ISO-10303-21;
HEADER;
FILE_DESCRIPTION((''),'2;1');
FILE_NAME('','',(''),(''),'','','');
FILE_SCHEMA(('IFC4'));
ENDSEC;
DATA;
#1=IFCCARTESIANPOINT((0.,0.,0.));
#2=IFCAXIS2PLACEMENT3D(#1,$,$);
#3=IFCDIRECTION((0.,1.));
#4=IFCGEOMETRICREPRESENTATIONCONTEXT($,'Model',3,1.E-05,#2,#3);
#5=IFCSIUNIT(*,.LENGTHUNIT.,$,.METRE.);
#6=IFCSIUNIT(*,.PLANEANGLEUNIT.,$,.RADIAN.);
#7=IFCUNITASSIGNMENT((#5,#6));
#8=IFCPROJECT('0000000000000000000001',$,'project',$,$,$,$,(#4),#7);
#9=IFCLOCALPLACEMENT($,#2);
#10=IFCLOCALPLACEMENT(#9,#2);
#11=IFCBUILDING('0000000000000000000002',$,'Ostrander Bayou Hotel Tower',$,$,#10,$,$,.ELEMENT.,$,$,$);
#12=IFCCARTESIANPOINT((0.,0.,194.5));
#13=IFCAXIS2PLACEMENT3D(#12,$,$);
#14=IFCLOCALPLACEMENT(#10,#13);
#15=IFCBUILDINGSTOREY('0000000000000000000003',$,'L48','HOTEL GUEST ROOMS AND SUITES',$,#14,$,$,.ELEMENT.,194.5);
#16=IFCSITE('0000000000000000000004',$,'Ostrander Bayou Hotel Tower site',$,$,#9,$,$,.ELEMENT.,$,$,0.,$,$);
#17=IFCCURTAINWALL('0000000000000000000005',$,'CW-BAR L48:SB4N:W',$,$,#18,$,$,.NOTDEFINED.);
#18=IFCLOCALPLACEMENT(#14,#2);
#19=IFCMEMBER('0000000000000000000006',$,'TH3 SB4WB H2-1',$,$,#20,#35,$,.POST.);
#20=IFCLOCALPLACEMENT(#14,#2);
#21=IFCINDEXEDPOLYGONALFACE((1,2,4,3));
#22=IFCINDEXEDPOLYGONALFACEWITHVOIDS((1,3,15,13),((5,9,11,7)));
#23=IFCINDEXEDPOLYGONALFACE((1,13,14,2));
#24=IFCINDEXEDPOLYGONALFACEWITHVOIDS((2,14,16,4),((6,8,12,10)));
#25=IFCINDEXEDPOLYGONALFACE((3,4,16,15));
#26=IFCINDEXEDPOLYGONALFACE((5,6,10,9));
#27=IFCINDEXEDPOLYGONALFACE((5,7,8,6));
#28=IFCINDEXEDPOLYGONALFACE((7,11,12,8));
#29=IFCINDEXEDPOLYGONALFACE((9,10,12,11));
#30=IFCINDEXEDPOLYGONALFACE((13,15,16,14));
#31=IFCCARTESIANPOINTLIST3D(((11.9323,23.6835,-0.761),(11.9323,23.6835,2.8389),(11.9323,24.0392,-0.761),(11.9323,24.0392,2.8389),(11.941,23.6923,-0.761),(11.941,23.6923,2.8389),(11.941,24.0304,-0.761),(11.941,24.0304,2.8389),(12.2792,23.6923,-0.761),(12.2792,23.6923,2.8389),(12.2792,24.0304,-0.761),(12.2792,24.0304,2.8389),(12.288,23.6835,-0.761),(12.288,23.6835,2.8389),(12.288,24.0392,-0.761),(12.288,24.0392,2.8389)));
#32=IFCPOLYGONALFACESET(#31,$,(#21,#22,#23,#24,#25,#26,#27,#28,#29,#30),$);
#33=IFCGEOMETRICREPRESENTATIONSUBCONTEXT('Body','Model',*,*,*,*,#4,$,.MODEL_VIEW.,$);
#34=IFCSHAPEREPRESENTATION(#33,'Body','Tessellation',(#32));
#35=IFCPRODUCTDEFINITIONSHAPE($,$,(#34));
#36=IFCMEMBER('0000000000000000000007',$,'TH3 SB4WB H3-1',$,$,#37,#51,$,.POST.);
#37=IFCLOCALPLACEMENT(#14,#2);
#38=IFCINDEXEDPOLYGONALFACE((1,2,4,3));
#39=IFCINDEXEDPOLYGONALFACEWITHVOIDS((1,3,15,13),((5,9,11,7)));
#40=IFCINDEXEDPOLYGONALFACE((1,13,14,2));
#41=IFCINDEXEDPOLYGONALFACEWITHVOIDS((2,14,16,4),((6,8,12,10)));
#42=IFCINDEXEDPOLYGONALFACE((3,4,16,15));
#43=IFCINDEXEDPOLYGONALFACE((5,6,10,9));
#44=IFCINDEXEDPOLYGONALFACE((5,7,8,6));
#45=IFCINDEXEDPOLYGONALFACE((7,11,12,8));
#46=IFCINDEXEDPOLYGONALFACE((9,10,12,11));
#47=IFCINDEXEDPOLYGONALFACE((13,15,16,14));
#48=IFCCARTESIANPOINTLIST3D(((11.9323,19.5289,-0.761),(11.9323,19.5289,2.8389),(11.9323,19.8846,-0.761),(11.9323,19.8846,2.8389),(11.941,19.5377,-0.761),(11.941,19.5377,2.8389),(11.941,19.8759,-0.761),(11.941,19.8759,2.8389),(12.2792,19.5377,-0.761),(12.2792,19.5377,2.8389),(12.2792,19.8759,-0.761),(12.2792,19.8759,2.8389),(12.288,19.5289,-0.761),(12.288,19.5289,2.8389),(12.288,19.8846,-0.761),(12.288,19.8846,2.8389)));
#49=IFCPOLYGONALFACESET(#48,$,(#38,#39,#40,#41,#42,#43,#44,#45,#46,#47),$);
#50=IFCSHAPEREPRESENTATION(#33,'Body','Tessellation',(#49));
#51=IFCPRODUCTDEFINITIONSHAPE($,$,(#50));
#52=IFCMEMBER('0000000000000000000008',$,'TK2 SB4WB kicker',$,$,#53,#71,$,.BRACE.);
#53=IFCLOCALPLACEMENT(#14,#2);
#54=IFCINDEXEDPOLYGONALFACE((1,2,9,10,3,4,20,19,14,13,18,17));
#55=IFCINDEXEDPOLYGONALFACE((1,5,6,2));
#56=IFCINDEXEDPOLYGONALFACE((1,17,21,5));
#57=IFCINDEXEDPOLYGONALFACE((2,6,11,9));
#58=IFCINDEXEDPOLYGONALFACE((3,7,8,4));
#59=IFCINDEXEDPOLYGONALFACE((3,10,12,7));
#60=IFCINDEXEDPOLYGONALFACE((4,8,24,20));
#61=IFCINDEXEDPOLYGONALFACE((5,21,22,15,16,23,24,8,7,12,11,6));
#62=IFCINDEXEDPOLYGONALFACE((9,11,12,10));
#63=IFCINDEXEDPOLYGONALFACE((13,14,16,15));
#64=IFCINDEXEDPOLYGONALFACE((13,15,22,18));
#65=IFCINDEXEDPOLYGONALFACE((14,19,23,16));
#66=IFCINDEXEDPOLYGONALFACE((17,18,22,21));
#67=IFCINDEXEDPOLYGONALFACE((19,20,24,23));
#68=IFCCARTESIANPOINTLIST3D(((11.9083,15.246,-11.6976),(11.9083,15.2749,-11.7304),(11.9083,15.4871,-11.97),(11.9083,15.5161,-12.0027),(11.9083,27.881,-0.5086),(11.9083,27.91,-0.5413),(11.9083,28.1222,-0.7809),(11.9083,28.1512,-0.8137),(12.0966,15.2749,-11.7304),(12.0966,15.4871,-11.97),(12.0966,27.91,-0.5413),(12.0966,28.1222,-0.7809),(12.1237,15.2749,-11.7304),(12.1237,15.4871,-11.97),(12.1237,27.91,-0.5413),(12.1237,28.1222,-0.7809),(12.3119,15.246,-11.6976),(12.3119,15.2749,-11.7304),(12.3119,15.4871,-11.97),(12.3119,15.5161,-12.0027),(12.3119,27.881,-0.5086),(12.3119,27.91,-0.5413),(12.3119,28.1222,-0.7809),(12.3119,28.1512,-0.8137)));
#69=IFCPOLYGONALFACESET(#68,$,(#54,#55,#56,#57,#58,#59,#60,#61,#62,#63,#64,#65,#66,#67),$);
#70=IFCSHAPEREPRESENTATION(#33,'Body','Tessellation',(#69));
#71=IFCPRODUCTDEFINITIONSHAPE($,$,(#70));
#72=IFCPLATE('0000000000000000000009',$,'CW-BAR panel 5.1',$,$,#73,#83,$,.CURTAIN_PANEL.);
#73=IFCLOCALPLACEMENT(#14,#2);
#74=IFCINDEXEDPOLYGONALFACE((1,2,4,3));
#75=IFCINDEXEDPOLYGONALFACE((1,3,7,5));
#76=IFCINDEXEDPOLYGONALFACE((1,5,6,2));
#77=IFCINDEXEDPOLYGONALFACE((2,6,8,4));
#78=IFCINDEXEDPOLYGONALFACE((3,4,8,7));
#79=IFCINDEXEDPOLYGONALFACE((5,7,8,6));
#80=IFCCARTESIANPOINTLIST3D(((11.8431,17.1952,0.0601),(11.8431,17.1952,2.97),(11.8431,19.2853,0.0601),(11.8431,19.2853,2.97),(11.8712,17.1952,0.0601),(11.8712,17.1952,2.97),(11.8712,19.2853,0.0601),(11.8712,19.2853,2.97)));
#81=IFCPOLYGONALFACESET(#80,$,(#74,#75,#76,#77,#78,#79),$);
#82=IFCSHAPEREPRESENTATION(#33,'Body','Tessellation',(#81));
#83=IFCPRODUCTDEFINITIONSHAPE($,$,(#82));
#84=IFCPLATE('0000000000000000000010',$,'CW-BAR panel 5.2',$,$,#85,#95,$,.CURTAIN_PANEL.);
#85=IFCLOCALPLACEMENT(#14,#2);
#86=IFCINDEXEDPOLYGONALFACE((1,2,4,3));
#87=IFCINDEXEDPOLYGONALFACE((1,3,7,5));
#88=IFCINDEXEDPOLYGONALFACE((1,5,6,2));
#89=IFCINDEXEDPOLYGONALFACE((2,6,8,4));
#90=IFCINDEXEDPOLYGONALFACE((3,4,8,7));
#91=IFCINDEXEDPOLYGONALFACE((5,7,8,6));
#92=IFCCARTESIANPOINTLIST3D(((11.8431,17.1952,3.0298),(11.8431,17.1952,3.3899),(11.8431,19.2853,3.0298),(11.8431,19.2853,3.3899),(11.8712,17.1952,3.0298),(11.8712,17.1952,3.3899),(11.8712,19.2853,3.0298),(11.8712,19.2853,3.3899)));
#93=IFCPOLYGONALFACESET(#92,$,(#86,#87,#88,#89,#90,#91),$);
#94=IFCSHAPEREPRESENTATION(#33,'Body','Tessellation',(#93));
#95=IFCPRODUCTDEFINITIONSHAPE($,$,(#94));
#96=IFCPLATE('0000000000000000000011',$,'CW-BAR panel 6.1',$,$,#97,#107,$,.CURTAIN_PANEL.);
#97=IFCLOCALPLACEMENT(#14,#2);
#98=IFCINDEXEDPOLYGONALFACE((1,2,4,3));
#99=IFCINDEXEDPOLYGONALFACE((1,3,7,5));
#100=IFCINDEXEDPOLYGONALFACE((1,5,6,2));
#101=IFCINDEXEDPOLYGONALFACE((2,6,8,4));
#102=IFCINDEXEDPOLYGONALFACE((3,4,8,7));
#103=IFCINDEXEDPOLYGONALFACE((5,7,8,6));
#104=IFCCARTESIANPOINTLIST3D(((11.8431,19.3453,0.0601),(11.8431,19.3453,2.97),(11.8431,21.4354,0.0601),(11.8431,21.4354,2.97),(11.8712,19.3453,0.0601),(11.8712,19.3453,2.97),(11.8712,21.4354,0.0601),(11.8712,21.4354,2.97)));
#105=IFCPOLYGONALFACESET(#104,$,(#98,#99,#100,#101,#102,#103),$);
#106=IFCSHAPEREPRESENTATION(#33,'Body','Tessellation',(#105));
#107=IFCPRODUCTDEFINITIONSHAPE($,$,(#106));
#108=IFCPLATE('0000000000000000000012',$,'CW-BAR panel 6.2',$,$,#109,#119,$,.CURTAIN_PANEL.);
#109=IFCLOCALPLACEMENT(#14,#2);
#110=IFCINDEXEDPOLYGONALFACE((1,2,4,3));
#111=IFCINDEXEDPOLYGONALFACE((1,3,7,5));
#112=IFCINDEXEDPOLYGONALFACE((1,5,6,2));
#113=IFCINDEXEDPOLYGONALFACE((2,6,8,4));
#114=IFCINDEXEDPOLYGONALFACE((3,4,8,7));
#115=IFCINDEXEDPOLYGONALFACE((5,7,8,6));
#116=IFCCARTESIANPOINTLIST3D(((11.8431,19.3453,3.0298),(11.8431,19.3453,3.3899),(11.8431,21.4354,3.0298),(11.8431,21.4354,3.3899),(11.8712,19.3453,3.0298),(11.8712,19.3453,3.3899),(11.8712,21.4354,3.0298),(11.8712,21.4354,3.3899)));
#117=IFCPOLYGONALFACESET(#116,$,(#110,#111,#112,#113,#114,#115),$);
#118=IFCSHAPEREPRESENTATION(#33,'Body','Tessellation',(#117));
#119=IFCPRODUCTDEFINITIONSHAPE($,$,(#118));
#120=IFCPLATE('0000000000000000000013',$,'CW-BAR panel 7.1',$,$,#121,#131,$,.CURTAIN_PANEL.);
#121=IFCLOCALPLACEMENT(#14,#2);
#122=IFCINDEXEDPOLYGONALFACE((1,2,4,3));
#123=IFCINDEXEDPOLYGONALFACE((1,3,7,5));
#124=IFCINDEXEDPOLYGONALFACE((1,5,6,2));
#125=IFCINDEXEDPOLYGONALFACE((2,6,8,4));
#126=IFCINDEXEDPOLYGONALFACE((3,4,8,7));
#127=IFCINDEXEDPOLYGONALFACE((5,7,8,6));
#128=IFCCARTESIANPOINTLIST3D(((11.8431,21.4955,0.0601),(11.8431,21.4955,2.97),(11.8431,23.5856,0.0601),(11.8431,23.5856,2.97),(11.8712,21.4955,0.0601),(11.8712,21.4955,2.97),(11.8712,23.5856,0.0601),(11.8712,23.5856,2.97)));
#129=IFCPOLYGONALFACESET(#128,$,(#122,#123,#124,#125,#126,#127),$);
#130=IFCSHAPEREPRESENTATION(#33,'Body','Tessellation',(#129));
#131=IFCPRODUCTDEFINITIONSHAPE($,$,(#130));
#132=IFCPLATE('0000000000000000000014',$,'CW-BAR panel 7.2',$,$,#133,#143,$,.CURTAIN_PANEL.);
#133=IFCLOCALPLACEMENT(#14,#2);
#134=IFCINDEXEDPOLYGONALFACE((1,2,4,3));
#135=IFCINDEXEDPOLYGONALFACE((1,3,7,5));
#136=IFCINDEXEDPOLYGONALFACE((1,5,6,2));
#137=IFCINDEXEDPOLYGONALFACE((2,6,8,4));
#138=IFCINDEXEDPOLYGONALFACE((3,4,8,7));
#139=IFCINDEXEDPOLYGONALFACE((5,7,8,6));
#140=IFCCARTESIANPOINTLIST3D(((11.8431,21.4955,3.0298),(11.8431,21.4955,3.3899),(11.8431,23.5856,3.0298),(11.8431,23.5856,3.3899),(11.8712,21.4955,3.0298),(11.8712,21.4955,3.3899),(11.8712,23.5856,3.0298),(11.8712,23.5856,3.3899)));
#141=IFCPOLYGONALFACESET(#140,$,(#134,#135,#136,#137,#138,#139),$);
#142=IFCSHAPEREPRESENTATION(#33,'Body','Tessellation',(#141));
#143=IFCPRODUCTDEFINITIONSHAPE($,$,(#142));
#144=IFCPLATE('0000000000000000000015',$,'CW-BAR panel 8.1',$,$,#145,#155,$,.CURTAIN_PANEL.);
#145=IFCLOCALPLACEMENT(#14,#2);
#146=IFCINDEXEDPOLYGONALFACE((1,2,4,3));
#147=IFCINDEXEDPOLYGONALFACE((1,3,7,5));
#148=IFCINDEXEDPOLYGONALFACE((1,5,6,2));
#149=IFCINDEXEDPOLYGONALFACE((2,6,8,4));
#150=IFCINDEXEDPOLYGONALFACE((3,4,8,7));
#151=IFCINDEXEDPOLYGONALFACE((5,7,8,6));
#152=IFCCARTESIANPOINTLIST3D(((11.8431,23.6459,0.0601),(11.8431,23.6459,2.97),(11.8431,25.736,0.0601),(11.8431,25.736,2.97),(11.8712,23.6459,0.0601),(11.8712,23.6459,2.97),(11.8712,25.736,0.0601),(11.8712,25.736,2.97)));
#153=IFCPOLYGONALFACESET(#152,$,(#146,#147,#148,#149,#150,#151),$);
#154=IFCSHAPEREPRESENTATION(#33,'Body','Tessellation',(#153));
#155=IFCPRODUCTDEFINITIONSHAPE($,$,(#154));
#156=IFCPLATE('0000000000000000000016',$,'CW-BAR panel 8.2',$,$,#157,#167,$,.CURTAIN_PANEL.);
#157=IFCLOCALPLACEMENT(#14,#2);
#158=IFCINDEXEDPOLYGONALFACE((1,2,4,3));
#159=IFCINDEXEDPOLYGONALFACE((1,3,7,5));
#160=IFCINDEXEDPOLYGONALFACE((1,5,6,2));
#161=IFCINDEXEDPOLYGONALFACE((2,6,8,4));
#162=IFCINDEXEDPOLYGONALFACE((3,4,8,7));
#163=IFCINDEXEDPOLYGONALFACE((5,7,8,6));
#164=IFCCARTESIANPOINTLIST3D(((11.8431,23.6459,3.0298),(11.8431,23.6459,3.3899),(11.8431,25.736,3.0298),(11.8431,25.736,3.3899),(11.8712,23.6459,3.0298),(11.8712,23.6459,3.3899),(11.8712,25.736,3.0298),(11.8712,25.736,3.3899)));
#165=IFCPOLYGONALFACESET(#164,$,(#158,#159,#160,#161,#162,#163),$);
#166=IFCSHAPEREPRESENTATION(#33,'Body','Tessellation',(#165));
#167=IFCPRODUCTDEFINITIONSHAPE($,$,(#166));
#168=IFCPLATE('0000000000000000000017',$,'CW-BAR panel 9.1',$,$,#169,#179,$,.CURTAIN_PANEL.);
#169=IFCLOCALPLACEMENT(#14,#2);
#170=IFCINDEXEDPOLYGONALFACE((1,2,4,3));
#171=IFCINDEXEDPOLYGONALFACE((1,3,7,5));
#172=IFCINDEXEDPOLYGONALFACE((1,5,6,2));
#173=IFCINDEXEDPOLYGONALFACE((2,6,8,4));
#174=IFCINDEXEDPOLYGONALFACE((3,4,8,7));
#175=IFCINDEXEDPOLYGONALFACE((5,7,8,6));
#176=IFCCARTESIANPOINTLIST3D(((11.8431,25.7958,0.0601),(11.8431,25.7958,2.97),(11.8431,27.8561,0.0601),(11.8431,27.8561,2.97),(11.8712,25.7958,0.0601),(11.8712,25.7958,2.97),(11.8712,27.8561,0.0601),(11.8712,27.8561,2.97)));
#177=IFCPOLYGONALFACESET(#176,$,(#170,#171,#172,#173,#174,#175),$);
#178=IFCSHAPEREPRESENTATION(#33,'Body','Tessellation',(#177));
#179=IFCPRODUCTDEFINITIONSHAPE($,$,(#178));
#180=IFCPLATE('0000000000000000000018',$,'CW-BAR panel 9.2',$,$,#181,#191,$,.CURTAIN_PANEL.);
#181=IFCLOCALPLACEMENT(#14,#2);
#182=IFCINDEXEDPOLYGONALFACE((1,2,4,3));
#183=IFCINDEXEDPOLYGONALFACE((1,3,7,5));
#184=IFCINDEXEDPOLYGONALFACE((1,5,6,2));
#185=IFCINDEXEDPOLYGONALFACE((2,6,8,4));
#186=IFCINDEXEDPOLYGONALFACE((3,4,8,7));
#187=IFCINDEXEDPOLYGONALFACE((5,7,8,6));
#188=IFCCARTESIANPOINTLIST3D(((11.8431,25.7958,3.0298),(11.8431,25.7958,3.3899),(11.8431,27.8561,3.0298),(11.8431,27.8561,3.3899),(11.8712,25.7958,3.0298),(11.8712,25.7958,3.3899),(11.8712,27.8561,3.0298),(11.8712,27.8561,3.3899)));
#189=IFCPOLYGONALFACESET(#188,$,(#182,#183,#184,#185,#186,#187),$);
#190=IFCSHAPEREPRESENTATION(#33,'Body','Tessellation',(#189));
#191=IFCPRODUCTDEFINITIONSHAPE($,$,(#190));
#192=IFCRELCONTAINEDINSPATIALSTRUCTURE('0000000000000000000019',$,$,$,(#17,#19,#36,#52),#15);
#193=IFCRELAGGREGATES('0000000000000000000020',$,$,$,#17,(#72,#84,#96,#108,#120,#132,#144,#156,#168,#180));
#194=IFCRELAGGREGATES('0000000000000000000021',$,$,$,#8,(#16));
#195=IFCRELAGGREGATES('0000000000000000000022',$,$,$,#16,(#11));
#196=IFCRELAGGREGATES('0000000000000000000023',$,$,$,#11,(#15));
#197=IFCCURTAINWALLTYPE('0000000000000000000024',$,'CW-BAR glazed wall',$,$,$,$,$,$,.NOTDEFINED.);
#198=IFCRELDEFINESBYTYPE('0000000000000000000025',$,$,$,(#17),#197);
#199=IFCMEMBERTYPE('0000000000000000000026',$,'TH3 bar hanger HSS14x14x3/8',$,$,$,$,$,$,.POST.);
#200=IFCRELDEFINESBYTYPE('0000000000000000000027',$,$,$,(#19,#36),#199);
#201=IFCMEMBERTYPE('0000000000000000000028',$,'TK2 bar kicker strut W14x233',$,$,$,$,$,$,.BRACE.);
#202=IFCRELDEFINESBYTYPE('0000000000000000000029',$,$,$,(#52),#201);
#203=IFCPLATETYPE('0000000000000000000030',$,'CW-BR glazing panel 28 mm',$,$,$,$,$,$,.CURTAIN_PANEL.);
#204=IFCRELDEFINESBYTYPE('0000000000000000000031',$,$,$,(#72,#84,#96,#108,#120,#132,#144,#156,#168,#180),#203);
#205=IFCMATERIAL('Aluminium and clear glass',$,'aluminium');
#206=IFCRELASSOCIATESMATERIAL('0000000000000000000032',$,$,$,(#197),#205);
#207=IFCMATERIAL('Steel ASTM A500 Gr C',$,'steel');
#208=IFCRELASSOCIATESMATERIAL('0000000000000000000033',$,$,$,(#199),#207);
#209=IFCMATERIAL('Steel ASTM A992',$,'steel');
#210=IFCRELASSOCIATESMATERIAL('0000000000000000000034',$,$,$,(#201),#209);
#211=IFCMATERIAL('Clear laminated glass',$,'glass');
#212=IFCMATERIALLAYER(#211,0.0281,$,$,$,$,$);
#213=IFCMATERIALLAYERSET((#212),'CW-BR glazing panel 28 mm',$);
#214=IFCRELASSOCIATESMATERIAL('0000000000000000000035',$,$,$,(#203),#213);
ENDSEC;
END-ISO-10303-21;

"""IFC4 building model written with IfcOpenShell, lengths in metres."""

from ifc_helpers import new_model, si_unit, direction, frame, origin, origin_2d, place, context, subcontext, project, spatial, rectangle, hollow_rectangle, i_section, extrude, material, layer, layer_set, material_profile, profile_set, type_object, element, aggregate, save


model = new_model("IFC4")

# Units and contexts
model_context = context("Model", 3, precision=1e-05, world=origin(), true_north=direction((0.0, 1.0)))
body_context = subcontext(model_context, "Body", "Model", "MODEL_VIEW")
ifc_project = project(units=[si_unit("LENGTHUNIT", "METRE"), si_unit("PLANEANGLEUNIT", "RADIAN")], contexts=[model_context])

# Site, building, storey
site_placement = place(None, origin())
site = spatial("IfcSite", under=ifc_project, at=site_placement, Name="Ostrander Bayou Hotel Tower site", CompositionType="ELEMENT", RefElevation=0.0)
building_placement = place(site_placement, origin())
building = spatial("IfcBuilding", under=site, at=building_placement, Name="Ostrander Bayou Hotel Tower", CompositionType="ELEMENT")
storey_placement = place(building_placement, frame((0.0, 0.0, 194.5)))
storey = spatial("IfcBuildingStorey", under=building, at=storey_placement, Name="L48", Description="HOTEL GUEST ROOMS AND SUITES", CompositionType="ELEMENT", Elevation=194.5)

# Curtain wall
ifc_material_1 = material(Name="Aluminium and clear glass", Category="aluminium")
curtain_wall_type = type_object("IfcCurtainWallType", Name="CW-BAR glazed wall", PredefinedType="NOTDEFINED", material=ifc_material_1)
curtain_wall_placement = place(storey_placement, origin())
curtain_wall = element("IfcCurtainWall", 1, at=curtain_wall_placement, inside=storey, type_object=curtain_wall_type, Name="CW-BAR L48:SB4N:W", PredefinedType="NOTDEFINED")

# Members
ifc_material_2 = material(Name="Steel ASTM A500 Gr C", Category="steel")
ifc_material_profile_1 = material_profile(ifc_material_2, hollow_rectangle(XDim=0.3557, YDim=0.3557, WallThickness=0.0088, at=origin_2d()))
ifc_profile_set_1 = profile_set([ifc_material_profile_1], Name="Steel ASTM A500 Gr C")
member_type_1 = type_object("IfcMemberType", Name="TH3 bar hanger HSS14x14x3/8", PredefinedType="POST", material=ifc_profile_set_1)
for number, where, z_axis, x_axis, name in (
    (2, (12.1101, 23.8613, -0.761), (0.0, 0.0, 1.0), (1.0, 0.0, 0.0), "TH3 SB4WB H2-1"),
    (3, (12.1101, 19.7068, -0.761), (0.0, 0.0, 1.0), (1.0, 0.0, 0.0), "TH3 SB4WB H3-1"),
):
    element("IfcMember", number, at=place(storey_placement, frame(where, z_axis=z_axis, x_axis=x_axis)), inside=storey, type_object=member_type_1, Name=name, PredefinedType="POST", context=body_context, shape_type="SweptSolid", body=[
        extrude(hollow_rectangle(XDim=0.3557, YDim=0.3557, WallThickness=0.0088, at=origin_2d()), origin(), (0.0, 0.0, 1.0), 3.5999),
    ])
ifc_material_3 = material(Name="Steel ASTM A992", Category="steel")
ifc_material_profile_2 = material_profile(ifc_material_3, i_section(OverallWidth=0.4036, OverallDepth=0.4075, WebThickness=0.0271, FlangeThickness=0.0437, at=origin_2d()))
ifc_profile_set_2 = profile_set([ifc_material_profile_2], Name="Steel ASTM A992")
member_type_2 = type_object("IfcMemberType", Name="TK2 bar kicker strut W14x233", PredefinedType="BRACE", material=ifc_profile_set_2)
member_1_placement = place(storey_placement, frame((12.1101, 28.0161, -0.6611), z_axis=(0.0, -0.748648, -0.662967), x_axis=(1.0, 0.0, 0.0)))
element("IfcMember", 4, at=member_1_placement, inside=storey, type_object=member_type_2, Name="TK2 SB4WB kicker", PredefinedType="BRACE", context=body_context, shape_type="SweptSolid", body=[
    extrude(i_section(OverallWidth=0.4036, OverallDepth=0.4075, WebThickness=0.0271, FlangeThickness=0.0437, at=origin_2d()), origin(), (0.0, 0.0, 1.0), 16.8772),
])

# Plates
ifc_material_4 = material(Name="Clear laminated glass", Category="glass")
ifc_layer_1 = layer(ifc_material_4, 0.0281)
ifc_layer_set_1 = layer_set([ifc_layer_1], Name="CW-BR glazing panel 28 mm")
plate_type = type_object("IfcPlateType", Name="CW-BR glazing panel 28 mm", PredefinedType="CURTAIN_PANEL", material=ifc_layer_set_1)
plate_1_placement = place(storey_placement, frame((11.8572, 18.2402, 0.0601), z_axis=(0.0, 0.0, 1.0), x_axis=(0.0, 1.0, 0.0)))
plate_1 = element("IfcPlate", 5, at=plate_1_placement, type_object=plate_type, Name="CW-BAR panel 5.1", PredefinedType="CURTAIN_PANEL", context=body_context, shape_type="SweptSolid", body=[
    extrude(rectangle(XDim=2.0901, YDim=0.0281, at=origin_2d()), origin(), (0.0, 0.0, 1.0), 2.9099),
])
plate_2_placement = place(storey_placement, frame((11.8572, 18.2402, 3.0298), z_axis=(0.0, 0.0, 1.0), x_axis=(0.0, 1.0, 0.0)))
plate_2 = element("IfcPlate", 6, at=plate_2_placement, type_object=plate_type, Name="CW-BAR panel 5.2", PredefinedType="CURTAIN_PANEL", context=body_context, shape_type="SweptSolid", body=[
    extrude(rectangle(XDim=2.0901, YDim=0.0281, at=origin_2d()), origin(), (0.0, 0.0, 1.0), 0.3601),
])
plate_3_placement = place(storey_placement, frame((11.8572, 20.3904, 0.0601), z_axis=(0.0, 0.0, 1.0), x_axis=(0.0, 1.0, 0.0)))
plate_3 = element("IfcPlate", 7, at=plate_3_placement, type_object=plate_type, Name="CW-BAR panel 6.1", PredefinedType="CURTAIN_PANEL", context=body_context, shape_type="SweptSolid", body=[
    extrude(rectangle(XDim=2.0901, YDim=0.0281, at=origin_2d()), origin(), (0.0, 0.0, 1.0), 2.9099),
])
plate_4_placement = place(storey_placement, frame((11.8572, 20.3904, 3.0298), z_axis=(0.0, 0.0, 1.0), x_axis=(0.0, 1.0, 0.0)))
plate_4 = element("IfcPlate", 8, at=plate_4_placement, type_object=plate_type, Name="CW-BAR panel 6.2", PredefinedType="CURTAIN_PANEL", context=body_context, shape_type="SweptSolid", body=[
    extrude(rectangle(XDim=2.0901, YDim=0.0281, at=origin_2d()), origin(), (0.0, 0.0, 1.0), 0.3601),
])
plate_5_placement = place(storey_placement, frame((11.8572, 22.5405, 0.0601), z_axis=(0.0, 0.0, 1.0), x_axis=(0.0, 1.0, 0.0)))
plate_5 = element("IfcPlate", 9, at=plate_5_placement, type_object=plate_type, Name="CW-BAR panel 7.1", PredefinedType="CURTAIN_PANEL", context=body_context, shape_type="SweptSolid", body=[
    extrude(rectangle(XDim=2.0901, YDim=0.0281, at=origin_2d()), origin(), (0.0, 0.0, 1.0), 2.9099),
])
plate_6_placement = place(storey_placement, frame((11.8572, 22.5405, 3.0298), z_axis=(0.0, 0.0, 1.0), x_axis=(0.0, 1.0, 0.0)))
plate_6 = element("IfcPlate", 10, at=plate_6_placement, type_object=plate_type, Name="CW-BAR panel 7.2", PredefinedType="CURTAIN_PANEL", context=body_context, shape_type="SweptSolid", body=[
    extrude(rectangle(XDim=2.0901, YDim=0.0281, at=origin_2d()), origin(), (0.0, 0.0, 1.0), 0.3601),
])
plate_7_placement = place(storey_placement, frame((11.8572, 24.6909, 0.0601), z_axis=(0.0, 0.0, 1.0), x_axis=(0.0, 1.0, 0.0)))
plate_7 = element("IfcPlate", 11, at=plate_7_placement, type_object=plate_type, Name="CW-BAR panel 8.1", PredefinedType="CURTAIN_PANEL", context=body_context, shape_type="SweptSolid", body=[
    extrude(rectangle(XDim=2.0901, YDim=0.0281, at=origin_2d()), origin(), (0.0, 0.0, 1.0), 2.9099),
])
plate_8_placement = place(storey_placement, frame((11.8572, 24.6909, 3.0298), z_axis=(0.0, 0.0, 1.0), x_axis=(0.0, 1.0, 0.0)))
plate_8 = element("IfcPlate", 12, at=plate_8_placement, type_object=plate_type, Name="CW-BAR panel 8.2", PredefinedType="CURTAIN_PANEL", context=body_context, shape_type="SweptSolid", body=[
    extrude(rectangle(XDim=2.0901, YDim=0.0281, at=origin_2d()), origin(), (0.0, 0.0, 1.0), 0.3601),
])
plate_9_placement = place(storey_placement, frame((11.8572, 26.8259, 0.0601), z_axis=(0.0, 0.0, 1.0), x_axis=(0.0, 1.0, 0.0)))
plate_9 = element("IfcPlate", 13, at=plate_9_placement, type_object=plate_type, Name="CW-BAR panel 9.1", PredefinedType="CURTAIN_PANEL", context=body_context, shape_type="SweptSolid", body=[
    extrude(rectangle(XDim=2.0603, YDim=0.0281, at=origin_2d()), origin(), (0.0, 0.0, 1.0), 2.9099),
])
plate_10_placement = place(storey_placement, frame((11.8572, 26.8259, 3.0298), z_axis=(0.0, 0.0, 1.0), x_axis=(0.0, 1.0, 0.0)))
plate_10 = element("IfcPlate", 14, at=plate_10_placement, type_object=plate_type, Name="CW-BAR panel 9.2", PredefinedType="CURTAIN_PANEL", context=body_context, shape_type="SweptSolid", body=[
    extrude(rectangle(XDim=2.0603, YDim=0.0281, at=origin_2d()), origin(), (0.0, 0.0, 1.0), 0.3601),
])
aggregate(curtain_wall, [plate_1, plate_2, plate_3, plate_4, plate_5, plate_6, plate_7, plate_8, plate_9, plate_10])

save(model, "model.ifc")
